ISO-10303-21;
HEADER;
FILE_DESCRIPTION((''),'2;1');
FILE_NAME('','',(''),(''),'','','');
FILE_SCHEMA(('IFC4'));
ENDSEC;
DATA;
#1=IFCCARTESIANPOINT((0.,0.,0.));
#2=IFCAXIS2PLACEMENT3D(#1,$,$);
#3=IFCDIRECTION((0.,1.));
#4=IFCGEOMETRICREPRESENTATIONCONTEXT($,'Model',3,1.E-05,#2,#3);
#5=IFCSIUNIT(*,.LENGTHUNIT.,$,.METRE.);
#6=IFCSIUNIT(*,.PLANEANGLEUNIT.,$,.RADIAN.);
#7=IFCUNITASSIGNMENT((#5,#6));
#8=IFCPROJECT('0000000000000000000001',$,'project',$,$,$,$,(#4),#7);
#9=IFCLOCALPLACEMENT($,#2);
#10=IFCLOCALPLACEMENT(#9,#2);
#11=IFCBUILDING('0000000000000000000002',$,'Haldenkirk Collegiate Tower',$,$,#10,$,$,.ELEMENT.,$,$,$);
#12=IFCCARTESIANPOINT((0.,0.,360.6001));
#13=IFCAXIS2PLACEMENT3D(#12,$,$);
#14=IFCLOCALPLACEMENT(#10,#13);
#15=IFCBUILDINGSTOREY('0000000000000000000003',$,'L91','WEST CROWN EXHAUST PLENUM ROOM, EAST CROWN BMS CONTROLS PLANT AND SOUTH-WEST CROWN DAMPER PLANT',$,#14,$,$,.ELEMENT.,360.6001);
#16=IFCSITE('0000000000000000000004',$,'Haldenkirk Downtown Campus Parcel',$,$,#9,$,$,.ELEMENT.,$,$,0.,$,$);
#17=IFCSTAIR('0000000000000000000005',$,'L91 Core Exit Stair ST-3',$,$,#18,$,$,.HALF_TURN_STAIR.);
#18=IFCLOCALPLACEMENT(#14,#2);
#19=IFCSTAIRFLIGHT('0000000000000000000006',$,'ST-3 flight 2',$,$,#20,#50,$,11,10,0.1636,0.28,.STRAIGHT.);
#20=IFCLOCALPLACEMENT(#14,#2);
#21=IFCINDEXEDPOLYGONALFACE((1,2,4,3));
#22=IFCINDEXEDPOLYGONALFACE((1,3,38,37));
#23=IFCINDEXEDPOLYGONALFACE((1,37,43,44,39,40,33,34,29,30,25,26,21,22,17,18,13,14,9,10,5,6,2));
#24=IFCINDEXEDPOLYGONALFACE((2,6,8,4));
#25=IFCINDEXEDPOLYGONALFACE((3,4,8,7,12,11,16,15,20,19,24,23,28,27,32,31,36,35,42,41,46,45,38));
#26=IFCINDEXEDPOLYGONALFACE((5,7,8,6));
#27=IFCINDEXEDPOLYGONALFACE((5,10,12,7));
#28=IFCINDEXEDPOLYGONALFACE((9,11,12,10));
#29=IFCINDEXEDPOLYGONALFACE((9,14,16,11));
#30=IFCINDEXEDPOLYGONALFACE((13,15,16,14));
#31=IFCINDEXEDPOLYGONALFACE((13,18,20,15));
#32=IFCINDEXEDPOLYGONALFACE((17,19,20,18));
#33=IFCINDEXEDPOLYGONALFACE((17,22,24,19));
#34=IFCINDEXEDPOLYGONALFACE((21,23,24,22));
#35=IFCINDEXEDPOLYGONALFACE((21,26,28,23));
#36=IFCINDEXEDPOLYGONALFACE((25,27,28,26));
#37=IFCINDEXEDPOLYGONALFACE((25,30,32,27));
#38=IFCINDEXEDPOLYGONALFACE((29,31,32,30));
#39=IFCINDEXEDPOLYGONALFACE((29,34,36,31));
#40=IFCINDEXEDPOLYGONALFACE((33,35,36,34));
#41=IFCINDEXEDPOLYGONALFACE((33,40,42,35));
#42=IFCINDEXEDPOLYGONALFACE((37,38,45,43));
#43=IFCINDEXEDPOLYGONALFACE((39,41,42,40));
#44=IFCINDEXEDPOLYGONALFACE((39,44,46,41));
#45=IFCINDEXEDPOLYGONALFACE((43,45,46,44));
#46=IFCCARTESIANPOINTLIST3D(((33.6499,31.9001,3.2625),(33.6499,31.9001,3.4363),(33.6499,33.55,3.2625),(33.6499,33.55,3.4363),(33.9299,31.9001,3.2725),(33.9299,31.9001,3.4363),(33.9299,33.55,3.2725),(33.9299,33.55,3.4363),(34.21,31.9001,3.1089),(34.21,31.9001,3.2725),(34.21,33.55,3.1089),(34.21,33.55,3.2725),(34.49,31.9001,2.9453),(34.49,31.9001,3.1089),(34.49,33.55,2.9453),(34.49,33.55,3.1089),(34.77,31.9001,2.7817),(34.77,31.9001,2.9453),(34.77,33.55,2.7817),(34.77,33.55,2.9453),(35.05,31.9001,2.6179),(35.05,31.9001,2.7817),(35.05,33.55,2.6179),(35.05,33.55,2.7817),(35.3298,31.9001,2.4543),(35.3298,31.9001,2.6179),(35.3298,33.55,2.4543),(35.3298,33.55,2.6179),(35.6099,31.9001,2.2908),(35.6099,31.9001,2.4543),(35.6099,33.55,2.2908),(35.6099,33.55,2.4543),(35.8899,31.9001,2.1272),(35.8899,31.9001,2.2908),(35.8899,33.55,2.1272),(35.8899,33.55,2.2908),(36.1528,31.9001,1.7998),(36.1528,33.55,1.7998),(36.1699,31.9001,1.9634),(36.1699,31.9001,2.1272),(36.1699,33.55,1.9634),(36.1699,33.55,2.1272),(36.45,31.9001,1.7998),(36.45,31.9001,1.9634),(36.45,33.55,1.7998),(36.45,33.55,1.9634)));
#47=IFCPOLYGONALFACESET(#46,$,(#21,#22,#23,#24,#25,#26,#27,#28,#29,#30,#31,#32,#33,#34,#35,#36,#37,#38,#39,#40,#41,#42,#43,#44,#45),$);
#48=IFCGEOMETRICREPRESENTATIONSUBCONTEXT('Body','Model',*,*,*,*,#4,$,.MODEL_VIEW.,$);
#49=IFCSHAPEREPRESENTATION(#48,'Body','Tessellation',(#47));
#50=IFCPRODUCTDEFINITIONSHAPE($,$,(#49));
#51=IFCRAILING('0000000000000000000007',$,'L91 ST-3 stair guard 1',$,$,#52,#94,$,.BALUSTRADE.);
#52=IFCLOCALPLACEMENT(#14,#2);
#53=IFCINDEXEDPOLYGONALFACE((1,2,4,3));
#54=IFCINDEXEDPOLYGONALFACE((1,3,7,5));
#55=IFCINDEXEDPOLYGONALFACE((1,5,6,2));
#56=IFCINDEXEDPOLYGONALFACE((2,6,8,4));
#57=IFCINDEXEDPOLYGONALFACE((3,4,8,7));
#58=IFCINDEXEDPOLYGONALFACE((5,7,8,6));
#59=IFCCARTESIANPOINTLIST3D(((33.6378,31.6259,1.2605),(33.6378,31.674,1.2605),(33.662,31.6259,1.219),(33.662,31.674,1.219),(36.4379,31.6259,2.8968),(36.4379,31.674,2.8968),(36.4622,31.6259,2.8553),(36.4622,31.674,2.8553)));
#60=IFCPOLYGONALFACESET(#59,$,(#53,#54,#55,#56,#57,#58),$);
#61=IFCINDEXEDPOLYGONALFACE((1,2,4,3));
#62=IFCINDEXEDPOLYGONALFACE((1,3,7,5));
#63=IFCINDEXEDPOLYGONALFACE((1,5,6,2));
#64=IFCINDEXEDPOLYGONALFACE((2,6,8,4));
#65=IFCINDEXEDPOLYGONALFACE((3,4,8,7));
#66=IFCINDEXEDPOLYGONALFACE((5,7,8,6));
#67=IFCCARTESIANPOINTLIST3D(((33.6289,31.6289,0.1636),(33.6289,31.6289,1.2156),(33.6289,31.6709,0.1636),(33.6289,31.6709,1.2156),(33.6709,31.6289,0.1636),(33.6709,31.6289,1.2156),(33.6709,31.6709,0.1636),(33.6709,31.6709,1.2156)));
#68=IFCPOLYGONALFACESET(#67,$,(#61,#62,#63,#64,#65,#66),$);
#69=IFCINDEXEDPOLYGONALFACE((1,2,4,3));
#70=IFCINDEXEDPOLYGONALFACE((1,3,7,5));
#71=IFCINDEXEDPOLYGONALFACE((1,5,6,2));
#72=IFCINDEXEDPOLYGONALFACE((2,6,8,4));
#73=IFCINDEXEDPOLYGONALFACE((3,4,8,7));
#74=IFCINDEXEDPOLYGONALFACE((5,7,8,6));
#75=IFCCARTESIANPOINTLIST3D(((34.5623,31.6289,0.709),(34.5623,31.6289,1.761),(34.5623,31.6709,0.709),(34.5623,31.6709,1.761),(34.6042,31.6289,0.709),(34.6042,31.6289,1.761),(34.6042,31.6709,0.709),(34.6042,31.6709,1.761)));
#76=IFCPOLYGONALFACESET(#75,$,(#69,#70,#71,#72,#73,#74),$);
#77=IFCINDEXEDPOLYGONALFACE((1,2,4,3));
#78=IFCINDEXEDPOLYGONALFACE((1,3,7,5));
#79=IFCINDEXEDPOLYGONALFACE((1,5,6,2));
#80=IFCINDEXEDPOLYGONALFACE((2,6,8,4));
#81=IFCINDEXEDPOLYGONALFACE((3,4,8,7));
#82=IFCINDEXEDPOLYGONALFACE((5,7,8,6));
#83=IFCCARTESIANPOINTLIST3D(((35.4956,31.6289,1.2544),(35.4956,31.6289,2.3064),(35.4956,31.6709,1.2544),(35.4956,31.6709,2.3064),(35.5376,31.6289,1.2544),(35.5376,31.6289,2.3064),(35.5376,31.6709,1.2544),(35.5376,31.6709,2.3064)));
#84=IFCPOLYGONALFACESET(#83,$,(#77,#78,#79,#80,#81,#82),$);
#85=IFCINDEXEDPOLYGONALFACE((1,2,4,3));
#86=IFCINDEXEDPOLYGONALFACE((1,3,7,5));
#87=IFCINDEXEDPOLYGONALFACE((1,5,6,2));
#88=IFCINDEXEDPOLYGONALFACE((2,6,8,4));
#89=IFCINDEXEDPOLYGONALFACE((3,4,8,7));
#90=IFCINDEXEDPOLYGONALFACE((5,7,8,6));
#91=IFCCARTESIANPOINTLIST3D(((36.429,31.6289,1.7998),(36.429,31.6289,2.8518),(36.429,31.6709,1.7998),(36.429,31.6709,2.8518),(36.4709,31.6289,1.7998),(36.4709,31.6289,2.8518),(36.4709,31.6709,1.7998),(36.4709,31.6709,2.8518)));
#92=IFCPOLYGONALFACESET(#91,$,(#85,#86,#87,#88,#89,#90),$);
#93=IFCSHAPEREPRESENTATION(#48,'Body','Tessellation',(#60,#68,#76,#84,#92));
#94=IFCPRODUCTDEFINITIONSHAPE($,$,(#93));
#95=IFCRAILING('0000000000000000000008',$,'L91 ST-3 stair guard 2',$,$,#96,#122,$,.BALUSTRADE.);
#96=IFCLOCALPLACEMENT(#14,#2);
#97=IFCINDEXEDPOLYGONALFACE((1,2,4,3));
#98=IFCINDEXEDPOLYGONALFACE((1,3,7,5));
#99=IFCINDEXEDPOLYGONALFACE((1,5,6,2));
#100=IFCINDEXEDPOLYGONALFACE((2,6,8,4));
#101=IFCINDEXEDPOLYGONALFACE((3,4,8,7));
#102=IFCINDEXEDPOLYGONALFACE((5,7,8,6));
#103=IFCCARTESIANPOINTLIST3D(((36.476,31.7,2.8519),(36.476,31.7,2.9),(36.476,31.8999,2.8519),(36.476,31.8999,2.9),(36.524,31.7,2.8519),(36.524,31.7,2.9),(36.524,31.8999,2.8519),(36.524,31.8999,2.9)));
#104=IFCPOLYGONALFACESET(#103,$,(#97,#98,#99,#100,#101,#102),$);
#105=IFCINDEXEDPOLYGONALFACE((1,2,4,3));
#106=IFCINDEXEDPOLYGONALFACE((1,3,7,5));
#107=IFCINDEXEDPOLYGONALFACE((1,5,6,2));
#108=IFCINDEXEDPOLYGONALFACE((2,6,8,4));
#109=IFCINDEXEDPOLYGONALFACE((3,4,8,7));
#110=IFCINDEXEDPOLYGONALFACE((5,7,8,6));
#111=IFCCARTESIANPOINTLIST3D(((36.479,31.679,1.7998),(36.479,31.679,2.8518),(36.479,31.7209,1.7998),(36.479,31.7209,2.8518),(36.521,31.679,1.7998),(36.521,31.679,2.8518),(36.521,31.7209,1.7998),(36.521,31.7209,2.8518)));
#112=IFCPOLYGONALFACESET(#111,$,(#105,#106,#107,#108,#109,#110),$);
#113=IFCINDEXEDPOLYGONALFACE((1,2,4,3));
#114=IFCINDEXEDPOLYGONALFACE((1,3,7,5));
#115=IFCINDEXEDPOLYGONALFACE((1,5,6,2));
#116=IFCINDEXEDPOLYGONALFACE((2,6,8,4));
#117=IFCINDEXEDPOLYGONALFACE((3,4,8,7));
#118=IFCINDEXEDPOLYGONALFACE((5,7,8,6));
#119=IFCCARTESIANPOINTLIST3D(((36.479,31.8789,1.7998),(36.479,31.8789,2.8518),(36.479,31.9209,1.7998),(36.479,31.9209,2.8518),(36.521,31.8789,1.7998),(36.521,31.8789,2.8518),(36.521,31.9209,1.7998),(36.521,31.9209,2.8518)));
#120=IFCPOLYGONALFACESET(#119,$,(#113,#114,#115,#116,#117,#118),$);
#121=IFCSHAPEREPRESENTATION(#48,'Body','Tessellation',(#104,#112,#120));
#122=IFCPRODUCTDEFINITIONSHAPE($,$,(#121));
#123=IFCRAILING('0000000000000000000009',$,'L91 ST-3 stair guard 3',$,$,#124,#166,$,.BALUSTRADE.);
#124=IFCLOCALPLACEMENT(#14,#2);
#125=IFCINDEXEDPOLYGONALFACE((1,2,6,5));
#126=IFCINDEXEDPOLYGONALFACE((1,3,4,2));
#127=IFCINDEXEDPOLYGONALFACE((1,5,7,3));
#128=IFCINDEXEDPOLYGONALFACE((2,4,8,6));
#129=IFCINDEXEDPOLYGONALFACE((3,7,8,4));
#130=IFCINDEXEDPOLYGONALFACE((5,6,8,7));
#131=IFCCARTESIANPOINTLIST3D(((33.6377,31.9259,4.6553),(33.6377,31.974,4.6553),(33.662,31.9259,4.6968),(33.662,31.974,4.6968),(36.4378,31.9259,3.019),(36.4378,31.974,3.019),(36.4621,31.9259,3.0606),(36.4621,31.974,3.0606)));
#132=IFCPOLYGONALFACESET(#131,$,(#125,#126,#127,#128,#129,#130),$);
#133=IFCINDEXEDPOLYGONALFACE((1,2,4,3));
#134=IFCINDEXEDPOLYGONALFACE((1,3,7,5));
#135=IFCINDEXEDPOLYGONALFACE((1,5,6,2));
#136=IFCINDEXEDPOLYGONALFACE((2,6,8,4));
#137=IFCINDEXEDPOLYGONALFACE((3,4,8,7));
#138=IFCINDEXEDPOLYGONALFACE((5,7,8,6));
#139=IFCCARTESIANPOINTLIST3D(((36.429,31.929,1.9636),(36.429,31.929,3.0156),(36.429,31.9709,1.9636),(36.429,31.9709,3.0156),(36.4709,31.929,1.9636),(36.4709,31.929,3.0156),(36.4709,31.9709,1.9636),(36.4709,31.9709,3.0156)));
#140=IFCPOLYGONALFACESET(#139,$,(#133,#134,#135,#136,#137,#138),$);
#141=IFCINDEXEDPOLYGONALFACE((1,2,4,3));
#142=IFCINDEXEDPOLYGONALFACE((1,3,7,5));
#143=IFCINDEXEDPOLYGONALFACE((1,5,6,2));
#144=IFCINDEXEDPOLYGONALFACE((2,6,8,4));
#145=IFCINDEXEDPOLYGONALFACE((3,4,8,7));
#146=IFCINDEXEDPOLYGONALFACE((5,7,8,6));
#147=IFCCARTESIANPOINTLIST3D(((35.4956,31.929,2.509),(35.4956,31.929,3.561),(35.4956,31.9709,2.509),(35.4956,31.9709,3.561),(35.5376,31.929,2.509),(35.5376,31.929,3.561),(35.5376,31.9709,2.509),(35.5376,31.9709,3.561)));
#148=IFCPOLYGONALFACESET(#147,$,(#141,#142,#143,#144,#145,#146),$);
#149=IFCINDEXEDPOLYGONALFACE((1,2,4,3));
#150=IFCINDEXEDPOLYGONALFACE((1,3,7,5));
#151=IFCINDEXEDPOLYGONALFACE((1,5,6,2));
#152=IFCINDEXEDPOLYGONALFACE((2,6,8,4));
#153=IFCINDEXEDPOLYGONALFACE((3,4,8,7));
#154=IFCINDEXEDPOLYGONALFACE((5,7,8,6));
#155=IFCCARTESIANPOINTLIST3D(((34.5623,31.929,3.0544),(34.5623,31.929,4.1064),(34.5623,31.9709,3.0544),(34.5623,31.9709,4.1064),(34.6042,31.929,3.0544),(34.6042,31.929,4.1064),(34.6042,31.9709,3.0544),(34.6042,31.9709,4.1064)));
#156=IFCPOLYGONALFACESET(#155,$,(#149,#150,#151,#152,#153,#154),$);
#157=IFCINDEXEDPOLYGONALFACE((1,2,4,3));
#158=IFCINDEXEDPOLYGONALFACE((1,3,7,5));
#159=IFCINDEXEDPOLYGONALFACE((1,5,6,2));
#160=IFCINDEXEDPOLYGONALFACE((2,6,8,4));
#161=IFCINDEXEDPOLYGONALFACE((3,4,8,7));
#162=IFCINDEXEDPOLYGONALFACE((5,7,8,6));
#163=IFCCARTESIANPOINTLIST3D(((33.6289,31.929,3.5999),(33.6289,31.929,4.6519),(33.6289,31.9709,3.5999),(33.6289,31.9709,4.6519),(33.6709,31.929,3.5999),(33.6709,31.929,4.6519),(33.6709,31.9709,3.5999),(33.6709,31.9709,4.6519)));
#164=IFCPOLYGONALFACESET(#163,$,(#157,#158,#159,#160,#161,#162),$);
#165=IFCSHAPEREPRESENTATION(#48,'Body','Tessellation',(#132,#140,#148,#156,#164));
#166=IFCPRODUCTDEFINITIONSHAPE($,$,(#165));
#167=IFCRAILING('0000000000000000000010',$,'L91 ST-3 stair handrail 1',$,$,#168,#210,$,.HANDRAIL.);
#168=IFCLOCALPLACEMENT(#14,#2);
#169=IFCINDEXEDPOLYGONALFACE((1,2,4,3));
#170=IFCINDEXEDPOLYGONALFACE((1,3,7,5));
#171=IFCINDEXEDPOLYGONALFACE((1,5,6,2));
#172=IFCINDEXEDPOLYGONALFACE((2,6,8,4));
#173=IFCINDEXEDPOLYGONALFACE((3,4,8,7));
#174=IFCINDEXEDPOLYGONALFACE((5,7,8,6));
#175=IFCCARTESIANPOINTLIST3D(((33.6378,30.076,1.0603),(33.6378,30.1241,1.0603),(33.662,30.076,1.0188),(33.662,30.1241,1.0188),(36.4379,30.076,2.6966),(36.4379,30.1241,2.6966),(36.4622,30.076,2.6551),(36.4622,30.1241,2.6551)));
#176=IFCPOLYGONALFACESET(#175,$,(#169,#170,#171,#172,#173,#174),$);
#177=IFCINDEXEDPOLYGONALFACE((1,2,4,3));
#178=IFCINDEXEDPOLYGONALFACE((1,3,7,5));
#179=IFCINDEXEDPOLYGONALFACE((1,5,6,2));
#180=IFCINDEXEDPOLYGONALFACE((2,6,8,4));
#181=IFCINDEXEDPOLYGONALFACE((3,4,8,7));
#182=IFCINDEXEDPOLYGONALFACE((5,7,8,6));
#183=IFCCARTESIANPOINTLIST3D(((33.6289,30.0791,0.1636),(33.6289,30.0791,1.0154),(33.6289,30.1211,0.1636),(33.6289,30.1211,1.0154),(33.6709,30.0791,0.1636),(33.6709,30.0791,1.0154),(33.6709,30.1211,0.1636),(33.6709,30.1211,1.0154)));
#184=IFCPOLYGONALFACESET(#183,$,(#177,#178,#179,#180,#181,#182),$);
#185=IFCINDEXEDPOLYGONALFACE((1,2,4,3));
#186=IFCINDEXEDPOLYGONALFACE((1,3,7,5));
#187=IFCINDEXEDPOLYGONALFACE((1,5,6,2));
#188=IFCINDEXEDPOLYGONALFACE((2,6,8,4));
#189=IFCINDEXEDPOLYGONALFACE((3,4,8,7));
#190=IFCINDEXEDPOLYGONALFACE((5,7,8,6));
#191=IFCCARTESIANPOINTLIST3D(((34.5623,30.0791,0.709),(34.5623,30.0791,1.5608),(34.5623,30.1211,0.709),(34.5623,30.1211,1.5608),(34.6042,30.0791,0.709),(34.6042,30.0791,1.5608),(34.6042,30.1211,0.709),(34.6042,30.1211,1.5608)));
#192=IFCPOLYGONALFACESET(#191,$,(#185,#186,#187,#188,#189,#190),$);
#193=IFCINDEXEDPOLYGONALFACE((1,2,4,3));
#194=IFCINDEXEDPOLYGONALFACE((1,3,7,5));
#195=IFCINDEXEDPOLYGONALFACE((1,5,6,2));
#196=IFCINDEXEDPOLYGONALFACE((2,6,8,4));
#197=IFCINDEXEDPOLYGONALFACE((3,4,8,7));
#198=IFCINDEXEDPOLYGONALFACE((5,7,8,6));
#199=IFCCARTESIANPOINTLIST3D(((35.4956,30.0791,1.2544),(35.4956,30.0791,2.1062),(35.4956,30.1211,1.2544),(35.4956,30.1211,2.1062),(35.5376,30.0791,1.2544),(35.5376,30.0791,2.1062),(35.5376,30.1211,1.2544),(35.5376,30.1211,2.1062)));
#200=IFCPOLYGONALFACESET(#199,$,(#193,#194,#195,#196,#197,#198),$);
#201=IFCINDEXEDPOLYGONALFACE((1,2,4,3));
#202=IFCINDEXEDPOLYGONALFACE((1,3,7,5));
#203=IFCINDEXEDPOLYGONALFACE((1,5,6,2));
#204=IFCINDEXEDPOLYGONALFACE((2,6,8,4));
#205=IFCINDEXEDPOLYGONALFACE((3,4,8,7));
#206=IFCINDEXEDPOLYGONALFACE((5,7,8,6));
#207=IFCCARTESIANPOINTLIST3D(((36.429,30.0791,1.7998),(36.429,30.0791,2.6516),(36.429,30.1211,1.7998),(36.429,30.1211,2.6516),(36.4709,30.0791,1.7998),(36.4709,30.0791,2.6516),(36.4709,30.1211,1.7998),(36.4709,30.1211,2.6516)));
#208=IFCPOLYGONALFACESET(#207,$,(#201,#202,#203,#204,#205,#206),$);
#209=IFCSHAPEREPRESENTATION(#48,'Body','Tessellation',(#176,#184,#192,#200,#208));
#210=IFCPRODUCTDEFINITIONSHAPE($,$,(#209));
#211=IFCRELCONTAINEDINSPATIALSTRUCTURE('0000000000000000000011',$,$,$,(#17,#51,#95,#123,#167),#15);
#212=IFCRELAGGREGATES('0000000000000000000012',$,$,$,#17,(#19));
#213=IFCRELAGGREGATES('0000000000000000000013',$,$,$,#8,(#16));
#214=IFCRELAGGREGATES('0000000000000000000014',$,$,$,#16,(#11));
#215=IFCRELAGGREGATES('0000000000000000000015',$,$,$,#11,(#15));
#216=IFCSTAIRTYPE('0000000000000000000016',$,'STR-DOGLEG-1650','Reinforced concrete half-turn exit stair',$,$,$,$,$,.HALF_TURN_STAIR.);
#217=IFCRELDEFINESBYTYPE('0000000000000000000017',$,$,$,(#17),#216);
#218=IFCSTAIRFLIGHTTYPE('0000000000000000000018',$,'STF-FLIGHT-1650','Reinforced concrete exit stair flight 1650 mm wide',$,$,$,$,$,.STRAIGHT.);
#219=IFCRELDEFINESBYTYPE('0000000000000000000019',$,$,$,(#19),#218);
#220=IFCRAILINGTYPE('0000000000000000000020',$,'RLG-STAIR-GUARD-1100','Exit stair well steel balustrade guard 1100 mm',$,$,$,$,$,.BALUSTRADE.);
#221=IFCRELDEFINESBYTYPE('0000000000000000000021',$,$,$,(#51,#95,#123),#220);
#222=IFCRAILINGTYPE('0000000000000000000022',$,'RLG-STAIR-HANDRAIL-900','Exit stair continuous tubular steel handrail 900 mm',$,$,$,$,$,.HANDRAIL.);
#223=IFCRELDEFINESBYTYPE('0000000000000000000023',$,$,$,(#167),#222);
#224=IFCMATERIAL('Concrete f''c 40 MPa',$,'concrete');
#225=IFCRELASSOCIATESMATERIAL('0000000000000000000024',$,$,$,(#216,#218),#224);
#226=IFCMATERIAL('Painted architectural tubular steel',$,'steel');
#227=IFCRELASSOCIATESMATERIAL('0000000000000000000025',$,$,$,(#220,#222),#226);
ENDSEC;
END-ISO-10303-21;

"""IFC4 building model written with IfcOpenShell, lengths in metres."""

from ifc_helpers import new_model, si_unit, direction, frame, origin, origin_2d, place, context, subcontext, project, spatial, polyline, rectangle, outline, extrude, material, type_object, element, aggregate, save


model = new_model("IFC4")

# Units and contexts
model_context = context("Model", 3, precision=1e-05, world=origin(), true_north=direction((0.0, 1.0)))
body_context = subcontext(model_context, "Body", "Model", "MODEL_VIEW")
ifc_project = project(units=[si_unit("LENGTHUNIT", "METRE"), si_unit("PLANEANGLEUNIT", "RADIAN")], contexts=[model_context])

# Site, building, storey
site_placement = place(None, origin())
site = spatial("IfcSite", under=ifc_project, at=site_placement, Name="Haldenkirk Downtown Campus Parcel", CompositionType="ELEMENT", RefElevation=0.0)
building_placement = place(site_placement, origin())
building = spatial("IfcBuilding", under=site, at=building_placement, Name="Haldenkirk Collegiate Tower", CompositionType="ELEMENT")
storey_placement = place(building_placement, frame((0.0, 0.0, 360.6001)))
storey = spatial("IfcBuildingStorey", under=building, at=storey_placement, Name="L91", Description="WEST CROWN EXHAUST PLENUM ROOM, EAST CROWN BMS CONTROLS PLANT AND SOUTH-WEST CROWN DAMPER PLANT", CompositionType="ELEMENT", Elevation=360.6001)

# Stair, stair flight
ifc_material_1 = material(Name="Concrete f'c 40 MPa", Category="concrete")
stair_type = type_object("IfcStairType", Name="STR-DOGLEG-1650", Description="Reinforced concrete half-turn exit stair", PredefinedType="HALF_TURN_STAIR", material=ifc_material_1)
stair_placement = place(storey_placement, origin())
stair = element("IfcStair", 1, at=stair_placement, inside=storey, type_object=stair_type, Name="L91 Core Exit Stair ST-3", PredefinedType="HALF_TURN_STAIR")
stair_flight_type = type_object("IfcStairFlightType", Name="STF-FLIGHT-1650", Description="Reinforced concrete exit stair flight 1650 mm wide", PredefinedType="STRAIGHT", material=ifc_material_1)
stair_flight_1_placement = place(storey_placement, frame((36.45, 32.7251, 1.7998), z_axis=(0.0, 0.0, 1.0), x_axis=(-1.0, 0.0, 0.0)))
stair_flight_1 = element("IfcStairFlight", 2, at=stair_flight_1_placement, type_object=stair_flight_type, Name="ST-3 flight 2", NumberOfRisers=11, NumberOfTreads=10, PredefinedType="STRAIGHT", RiserHeight=0.1636, TreadLength=0.28, context=body_context, shape_type="SweptSolid", body=[
    extrude(outline(polyline([(0.0, 0.0), (0.0, 0.1636), (0.28, 0.1636), (0.28, 0.3274), (0.5601, 0.3274), (0.5601, 0.491), (0.8401, 0.491), (0.8401, 0.6545), (1.1201, 0.6545), (1.1201, 0.8181), (1.3999, 0.8181), (1.3999, 0.9819), (1.6799, 0.9819), (1.6799, 1.1455), (1.96, 1.1455), (1.96, 1.3091), (2.24, 1.3091), (2.24, 1.4727), (2.52, 1.4727), (2.52, 1.6365), (2.8, 1.6365), (2.8, 1.8), (2.8, 1.4626), (0.2971, 0.0), (0.0, 0.0)])), frame((0.0, 0.825, 0.0), z_axis=(0.0, -1.0, 0.0), x_axis=(1.0, 0.0, 0.0)), (0.0, 0.0, 1.0), 1.6499),
])
aggregate(stair, [stair_flight_1])

# Railings
ifc_material_2 = material(Name="Painted architectural tubular steel", Category="steel")
railing_type_1 = type_object("IfcRailingType", Name="RLG-STAIR-GUARD-1100", Description="Exit stair well steel balustrade guard 1100 mm", PredefinedType="BALUSTRADE", material=ifc_material_2)
railing_1_placement = place(storey_placement, frame((33.6499, 31.6499, 0.1636)))
element("IfcRailing", 3, at=railing_1_placement, inside=storey, type_object=railing_type_1, Name="L91 ST-3 stair guard 1", PredefinedType="BALUSTRADE", context=body_context, shape_type="SweptSolid", body=[
    extrude(rectangle(XDim=0.0481, YDim=0.0481, at=origin_2d()), frame((0.0, 0.0, 1.0762), z_axis=(0.863394, 0.0, 0.504531), x_axis=(0.0, 1.0, 0.0)), (0.0, 0.0, 1.0), 3.2432),
    extrude(rectangle(XDim=0.042, YDim=0.042, at=origin_2d()), origin(), (0.0, 0.0, 1.0), 1.052),
    extrude(rectangle(XDim=0.042, YDim=0.042, at=origin_2d()), frame((0.9333, 0.0, 0.5454)), (0.0, 0.0, 1.0), 1.052),
    extrude(rectangle(XDim=0.042, YDim=0.042, at=origin_2d()), frame((1.8667, 0.0, 1.0908)), (0.0, 0.0, 1.0), 1.052),
    extrude(rectangle(XDim=0.042, YDim=0.042, at=origin_2d()), frame((2.8, 0.0, 1.6362)), (0.0, 0.0, 1.0), 1.052),
])
railing_2_placement = place(storey_placement, frame((36.5, 31.7, 1.7998)))
element("IfcRailing", 4, at=railing_2_placement, inside=storey, type_object=railing_type_1, Name="L91 ST-3 stair guard 2", PredefinedType="BALUSTRADE", context=body_context, shape_type="SweptSolid", body=[
    extrude(rectangle(XDim=0.0481, YDim=0.0481, at=origin_2d()), frame((0.0, 0.0, 1.0762), z_axis=(0.0, 1.0, 0.0), x_axis=(-1.0, 0.0, 0.0)), (0.0, 0.0, 1.0), 0.2),
    extrude(rectangle(XDim=0.042, YDim=0.042, at=origin_2d()), origin(), (0.0, 0.0, 1.0), 1.052),
    extrude(rectangle(XDim=0.042, YDim=0.042, at=origin_2d()), frame((0.0, 0.2, 0.0)), (0.0, 0.0, 1.0), 1.052),
])
railing_3_placement = place(storey_placement, frame((36.45, 31.95, 1.9636)))
element("IfcRailing", 5, at=railing_3_placement, inside=storey, type_object=railing_type_1, Name="L91 ST-3 stair guard 3", PredefinedType="BALUSTRADE", context=body_context, shape_type="SweptSolid", body=[
    extrude(rectangle(XDim=0.0481, YDim=0.0481, at=origin_2d()), frame((0.0, 0.0, 1.0762), z_axis=(-0.863394, 0.0, 0.504531), x_axis=(0.0, -1.0, 0.0)), (0.0, 0.0, 1.0), 3.2432),
    extrude(rectangle(XDim=0.042, YDim=0.042, at=origin_2d()), origin(), (0.0, 0.0, 1.0), 1.052),
    extrude(rectangle(XDim=0.042, YDim=0.042, at=origin_2d()), frame((-0.9333, 0.0, 0.5454)), (0.0, 0.0, 1.0), 1.052),
    extrude(rectangle(XDim=0.042, YDim=0.042, at=origin_2d()), frame((-1.8667, 0.0, 1.0908)), (0.0, 0.0, 1.0), 1.052),
    extrude(rectangle(XDim=0.042, YDim=0.042, at=origin_2d()), frame((-2.8, 0.0, 1.6362)), (0.0, 0.0, 1.0), 1.052),
])
railing_type_2 = type_object("IfcRailingType", Name="RLG-STAIR-HANDRAIL-900", Description="Exit stair continuous tubular steel handrail 900 mm", PredefinedType="HANDRAIL", material=ifc_material_2)
railing_4_placement = place(storey_placement, frame((33.6499, 30.1001, 0.1636)))
element("IfcRailing", 6, at=railing_4_placement, inside=storey, type_object=railing_type_2, Name="L91 ST-3 stair handrail 1", PredefinedType="HANDRAIL", context=body_context, shape_type="SweptSolid", body=[
    extrude(rectangle(XDim=0.0481, YDim=0.0481, at=origin_2d()), frame((0.0, 0.0, 0.876), z_axis=(0.863394, 0.0, 0.504531), x_axis=(0.0, 1.0, 0.0)), (0.0, 0.0, 1.0), 3.2432),
    extrude(rectangle(XDim=0.042, YDim=0.042, at=origin_2d()), origin(), (0.0, 0.0, 1.0), 0.8518),
    extrude(rectangle(XDim=0.042, YDim=0.042, at=origin_2d()), frame((0.9333, 0.0, 0.5454)), (0.0, 0.0, 1.0), 0.8518),
    extrude(rectangle(XDim=0.042, YDim=0.042, at=origin_2d()), frame((1.8667, 0.0, 1.0908)), (0.0, 0.0, 1.0), 0.8518),
    extrude(rectangle(XDim=0.042, YDim=0.042, at=origin_2d()), frame((2.8, 0.0, 1.6362)), (0.0, 0.0, 1.0), 0.8518),
])

save(model, "model.ifc")
